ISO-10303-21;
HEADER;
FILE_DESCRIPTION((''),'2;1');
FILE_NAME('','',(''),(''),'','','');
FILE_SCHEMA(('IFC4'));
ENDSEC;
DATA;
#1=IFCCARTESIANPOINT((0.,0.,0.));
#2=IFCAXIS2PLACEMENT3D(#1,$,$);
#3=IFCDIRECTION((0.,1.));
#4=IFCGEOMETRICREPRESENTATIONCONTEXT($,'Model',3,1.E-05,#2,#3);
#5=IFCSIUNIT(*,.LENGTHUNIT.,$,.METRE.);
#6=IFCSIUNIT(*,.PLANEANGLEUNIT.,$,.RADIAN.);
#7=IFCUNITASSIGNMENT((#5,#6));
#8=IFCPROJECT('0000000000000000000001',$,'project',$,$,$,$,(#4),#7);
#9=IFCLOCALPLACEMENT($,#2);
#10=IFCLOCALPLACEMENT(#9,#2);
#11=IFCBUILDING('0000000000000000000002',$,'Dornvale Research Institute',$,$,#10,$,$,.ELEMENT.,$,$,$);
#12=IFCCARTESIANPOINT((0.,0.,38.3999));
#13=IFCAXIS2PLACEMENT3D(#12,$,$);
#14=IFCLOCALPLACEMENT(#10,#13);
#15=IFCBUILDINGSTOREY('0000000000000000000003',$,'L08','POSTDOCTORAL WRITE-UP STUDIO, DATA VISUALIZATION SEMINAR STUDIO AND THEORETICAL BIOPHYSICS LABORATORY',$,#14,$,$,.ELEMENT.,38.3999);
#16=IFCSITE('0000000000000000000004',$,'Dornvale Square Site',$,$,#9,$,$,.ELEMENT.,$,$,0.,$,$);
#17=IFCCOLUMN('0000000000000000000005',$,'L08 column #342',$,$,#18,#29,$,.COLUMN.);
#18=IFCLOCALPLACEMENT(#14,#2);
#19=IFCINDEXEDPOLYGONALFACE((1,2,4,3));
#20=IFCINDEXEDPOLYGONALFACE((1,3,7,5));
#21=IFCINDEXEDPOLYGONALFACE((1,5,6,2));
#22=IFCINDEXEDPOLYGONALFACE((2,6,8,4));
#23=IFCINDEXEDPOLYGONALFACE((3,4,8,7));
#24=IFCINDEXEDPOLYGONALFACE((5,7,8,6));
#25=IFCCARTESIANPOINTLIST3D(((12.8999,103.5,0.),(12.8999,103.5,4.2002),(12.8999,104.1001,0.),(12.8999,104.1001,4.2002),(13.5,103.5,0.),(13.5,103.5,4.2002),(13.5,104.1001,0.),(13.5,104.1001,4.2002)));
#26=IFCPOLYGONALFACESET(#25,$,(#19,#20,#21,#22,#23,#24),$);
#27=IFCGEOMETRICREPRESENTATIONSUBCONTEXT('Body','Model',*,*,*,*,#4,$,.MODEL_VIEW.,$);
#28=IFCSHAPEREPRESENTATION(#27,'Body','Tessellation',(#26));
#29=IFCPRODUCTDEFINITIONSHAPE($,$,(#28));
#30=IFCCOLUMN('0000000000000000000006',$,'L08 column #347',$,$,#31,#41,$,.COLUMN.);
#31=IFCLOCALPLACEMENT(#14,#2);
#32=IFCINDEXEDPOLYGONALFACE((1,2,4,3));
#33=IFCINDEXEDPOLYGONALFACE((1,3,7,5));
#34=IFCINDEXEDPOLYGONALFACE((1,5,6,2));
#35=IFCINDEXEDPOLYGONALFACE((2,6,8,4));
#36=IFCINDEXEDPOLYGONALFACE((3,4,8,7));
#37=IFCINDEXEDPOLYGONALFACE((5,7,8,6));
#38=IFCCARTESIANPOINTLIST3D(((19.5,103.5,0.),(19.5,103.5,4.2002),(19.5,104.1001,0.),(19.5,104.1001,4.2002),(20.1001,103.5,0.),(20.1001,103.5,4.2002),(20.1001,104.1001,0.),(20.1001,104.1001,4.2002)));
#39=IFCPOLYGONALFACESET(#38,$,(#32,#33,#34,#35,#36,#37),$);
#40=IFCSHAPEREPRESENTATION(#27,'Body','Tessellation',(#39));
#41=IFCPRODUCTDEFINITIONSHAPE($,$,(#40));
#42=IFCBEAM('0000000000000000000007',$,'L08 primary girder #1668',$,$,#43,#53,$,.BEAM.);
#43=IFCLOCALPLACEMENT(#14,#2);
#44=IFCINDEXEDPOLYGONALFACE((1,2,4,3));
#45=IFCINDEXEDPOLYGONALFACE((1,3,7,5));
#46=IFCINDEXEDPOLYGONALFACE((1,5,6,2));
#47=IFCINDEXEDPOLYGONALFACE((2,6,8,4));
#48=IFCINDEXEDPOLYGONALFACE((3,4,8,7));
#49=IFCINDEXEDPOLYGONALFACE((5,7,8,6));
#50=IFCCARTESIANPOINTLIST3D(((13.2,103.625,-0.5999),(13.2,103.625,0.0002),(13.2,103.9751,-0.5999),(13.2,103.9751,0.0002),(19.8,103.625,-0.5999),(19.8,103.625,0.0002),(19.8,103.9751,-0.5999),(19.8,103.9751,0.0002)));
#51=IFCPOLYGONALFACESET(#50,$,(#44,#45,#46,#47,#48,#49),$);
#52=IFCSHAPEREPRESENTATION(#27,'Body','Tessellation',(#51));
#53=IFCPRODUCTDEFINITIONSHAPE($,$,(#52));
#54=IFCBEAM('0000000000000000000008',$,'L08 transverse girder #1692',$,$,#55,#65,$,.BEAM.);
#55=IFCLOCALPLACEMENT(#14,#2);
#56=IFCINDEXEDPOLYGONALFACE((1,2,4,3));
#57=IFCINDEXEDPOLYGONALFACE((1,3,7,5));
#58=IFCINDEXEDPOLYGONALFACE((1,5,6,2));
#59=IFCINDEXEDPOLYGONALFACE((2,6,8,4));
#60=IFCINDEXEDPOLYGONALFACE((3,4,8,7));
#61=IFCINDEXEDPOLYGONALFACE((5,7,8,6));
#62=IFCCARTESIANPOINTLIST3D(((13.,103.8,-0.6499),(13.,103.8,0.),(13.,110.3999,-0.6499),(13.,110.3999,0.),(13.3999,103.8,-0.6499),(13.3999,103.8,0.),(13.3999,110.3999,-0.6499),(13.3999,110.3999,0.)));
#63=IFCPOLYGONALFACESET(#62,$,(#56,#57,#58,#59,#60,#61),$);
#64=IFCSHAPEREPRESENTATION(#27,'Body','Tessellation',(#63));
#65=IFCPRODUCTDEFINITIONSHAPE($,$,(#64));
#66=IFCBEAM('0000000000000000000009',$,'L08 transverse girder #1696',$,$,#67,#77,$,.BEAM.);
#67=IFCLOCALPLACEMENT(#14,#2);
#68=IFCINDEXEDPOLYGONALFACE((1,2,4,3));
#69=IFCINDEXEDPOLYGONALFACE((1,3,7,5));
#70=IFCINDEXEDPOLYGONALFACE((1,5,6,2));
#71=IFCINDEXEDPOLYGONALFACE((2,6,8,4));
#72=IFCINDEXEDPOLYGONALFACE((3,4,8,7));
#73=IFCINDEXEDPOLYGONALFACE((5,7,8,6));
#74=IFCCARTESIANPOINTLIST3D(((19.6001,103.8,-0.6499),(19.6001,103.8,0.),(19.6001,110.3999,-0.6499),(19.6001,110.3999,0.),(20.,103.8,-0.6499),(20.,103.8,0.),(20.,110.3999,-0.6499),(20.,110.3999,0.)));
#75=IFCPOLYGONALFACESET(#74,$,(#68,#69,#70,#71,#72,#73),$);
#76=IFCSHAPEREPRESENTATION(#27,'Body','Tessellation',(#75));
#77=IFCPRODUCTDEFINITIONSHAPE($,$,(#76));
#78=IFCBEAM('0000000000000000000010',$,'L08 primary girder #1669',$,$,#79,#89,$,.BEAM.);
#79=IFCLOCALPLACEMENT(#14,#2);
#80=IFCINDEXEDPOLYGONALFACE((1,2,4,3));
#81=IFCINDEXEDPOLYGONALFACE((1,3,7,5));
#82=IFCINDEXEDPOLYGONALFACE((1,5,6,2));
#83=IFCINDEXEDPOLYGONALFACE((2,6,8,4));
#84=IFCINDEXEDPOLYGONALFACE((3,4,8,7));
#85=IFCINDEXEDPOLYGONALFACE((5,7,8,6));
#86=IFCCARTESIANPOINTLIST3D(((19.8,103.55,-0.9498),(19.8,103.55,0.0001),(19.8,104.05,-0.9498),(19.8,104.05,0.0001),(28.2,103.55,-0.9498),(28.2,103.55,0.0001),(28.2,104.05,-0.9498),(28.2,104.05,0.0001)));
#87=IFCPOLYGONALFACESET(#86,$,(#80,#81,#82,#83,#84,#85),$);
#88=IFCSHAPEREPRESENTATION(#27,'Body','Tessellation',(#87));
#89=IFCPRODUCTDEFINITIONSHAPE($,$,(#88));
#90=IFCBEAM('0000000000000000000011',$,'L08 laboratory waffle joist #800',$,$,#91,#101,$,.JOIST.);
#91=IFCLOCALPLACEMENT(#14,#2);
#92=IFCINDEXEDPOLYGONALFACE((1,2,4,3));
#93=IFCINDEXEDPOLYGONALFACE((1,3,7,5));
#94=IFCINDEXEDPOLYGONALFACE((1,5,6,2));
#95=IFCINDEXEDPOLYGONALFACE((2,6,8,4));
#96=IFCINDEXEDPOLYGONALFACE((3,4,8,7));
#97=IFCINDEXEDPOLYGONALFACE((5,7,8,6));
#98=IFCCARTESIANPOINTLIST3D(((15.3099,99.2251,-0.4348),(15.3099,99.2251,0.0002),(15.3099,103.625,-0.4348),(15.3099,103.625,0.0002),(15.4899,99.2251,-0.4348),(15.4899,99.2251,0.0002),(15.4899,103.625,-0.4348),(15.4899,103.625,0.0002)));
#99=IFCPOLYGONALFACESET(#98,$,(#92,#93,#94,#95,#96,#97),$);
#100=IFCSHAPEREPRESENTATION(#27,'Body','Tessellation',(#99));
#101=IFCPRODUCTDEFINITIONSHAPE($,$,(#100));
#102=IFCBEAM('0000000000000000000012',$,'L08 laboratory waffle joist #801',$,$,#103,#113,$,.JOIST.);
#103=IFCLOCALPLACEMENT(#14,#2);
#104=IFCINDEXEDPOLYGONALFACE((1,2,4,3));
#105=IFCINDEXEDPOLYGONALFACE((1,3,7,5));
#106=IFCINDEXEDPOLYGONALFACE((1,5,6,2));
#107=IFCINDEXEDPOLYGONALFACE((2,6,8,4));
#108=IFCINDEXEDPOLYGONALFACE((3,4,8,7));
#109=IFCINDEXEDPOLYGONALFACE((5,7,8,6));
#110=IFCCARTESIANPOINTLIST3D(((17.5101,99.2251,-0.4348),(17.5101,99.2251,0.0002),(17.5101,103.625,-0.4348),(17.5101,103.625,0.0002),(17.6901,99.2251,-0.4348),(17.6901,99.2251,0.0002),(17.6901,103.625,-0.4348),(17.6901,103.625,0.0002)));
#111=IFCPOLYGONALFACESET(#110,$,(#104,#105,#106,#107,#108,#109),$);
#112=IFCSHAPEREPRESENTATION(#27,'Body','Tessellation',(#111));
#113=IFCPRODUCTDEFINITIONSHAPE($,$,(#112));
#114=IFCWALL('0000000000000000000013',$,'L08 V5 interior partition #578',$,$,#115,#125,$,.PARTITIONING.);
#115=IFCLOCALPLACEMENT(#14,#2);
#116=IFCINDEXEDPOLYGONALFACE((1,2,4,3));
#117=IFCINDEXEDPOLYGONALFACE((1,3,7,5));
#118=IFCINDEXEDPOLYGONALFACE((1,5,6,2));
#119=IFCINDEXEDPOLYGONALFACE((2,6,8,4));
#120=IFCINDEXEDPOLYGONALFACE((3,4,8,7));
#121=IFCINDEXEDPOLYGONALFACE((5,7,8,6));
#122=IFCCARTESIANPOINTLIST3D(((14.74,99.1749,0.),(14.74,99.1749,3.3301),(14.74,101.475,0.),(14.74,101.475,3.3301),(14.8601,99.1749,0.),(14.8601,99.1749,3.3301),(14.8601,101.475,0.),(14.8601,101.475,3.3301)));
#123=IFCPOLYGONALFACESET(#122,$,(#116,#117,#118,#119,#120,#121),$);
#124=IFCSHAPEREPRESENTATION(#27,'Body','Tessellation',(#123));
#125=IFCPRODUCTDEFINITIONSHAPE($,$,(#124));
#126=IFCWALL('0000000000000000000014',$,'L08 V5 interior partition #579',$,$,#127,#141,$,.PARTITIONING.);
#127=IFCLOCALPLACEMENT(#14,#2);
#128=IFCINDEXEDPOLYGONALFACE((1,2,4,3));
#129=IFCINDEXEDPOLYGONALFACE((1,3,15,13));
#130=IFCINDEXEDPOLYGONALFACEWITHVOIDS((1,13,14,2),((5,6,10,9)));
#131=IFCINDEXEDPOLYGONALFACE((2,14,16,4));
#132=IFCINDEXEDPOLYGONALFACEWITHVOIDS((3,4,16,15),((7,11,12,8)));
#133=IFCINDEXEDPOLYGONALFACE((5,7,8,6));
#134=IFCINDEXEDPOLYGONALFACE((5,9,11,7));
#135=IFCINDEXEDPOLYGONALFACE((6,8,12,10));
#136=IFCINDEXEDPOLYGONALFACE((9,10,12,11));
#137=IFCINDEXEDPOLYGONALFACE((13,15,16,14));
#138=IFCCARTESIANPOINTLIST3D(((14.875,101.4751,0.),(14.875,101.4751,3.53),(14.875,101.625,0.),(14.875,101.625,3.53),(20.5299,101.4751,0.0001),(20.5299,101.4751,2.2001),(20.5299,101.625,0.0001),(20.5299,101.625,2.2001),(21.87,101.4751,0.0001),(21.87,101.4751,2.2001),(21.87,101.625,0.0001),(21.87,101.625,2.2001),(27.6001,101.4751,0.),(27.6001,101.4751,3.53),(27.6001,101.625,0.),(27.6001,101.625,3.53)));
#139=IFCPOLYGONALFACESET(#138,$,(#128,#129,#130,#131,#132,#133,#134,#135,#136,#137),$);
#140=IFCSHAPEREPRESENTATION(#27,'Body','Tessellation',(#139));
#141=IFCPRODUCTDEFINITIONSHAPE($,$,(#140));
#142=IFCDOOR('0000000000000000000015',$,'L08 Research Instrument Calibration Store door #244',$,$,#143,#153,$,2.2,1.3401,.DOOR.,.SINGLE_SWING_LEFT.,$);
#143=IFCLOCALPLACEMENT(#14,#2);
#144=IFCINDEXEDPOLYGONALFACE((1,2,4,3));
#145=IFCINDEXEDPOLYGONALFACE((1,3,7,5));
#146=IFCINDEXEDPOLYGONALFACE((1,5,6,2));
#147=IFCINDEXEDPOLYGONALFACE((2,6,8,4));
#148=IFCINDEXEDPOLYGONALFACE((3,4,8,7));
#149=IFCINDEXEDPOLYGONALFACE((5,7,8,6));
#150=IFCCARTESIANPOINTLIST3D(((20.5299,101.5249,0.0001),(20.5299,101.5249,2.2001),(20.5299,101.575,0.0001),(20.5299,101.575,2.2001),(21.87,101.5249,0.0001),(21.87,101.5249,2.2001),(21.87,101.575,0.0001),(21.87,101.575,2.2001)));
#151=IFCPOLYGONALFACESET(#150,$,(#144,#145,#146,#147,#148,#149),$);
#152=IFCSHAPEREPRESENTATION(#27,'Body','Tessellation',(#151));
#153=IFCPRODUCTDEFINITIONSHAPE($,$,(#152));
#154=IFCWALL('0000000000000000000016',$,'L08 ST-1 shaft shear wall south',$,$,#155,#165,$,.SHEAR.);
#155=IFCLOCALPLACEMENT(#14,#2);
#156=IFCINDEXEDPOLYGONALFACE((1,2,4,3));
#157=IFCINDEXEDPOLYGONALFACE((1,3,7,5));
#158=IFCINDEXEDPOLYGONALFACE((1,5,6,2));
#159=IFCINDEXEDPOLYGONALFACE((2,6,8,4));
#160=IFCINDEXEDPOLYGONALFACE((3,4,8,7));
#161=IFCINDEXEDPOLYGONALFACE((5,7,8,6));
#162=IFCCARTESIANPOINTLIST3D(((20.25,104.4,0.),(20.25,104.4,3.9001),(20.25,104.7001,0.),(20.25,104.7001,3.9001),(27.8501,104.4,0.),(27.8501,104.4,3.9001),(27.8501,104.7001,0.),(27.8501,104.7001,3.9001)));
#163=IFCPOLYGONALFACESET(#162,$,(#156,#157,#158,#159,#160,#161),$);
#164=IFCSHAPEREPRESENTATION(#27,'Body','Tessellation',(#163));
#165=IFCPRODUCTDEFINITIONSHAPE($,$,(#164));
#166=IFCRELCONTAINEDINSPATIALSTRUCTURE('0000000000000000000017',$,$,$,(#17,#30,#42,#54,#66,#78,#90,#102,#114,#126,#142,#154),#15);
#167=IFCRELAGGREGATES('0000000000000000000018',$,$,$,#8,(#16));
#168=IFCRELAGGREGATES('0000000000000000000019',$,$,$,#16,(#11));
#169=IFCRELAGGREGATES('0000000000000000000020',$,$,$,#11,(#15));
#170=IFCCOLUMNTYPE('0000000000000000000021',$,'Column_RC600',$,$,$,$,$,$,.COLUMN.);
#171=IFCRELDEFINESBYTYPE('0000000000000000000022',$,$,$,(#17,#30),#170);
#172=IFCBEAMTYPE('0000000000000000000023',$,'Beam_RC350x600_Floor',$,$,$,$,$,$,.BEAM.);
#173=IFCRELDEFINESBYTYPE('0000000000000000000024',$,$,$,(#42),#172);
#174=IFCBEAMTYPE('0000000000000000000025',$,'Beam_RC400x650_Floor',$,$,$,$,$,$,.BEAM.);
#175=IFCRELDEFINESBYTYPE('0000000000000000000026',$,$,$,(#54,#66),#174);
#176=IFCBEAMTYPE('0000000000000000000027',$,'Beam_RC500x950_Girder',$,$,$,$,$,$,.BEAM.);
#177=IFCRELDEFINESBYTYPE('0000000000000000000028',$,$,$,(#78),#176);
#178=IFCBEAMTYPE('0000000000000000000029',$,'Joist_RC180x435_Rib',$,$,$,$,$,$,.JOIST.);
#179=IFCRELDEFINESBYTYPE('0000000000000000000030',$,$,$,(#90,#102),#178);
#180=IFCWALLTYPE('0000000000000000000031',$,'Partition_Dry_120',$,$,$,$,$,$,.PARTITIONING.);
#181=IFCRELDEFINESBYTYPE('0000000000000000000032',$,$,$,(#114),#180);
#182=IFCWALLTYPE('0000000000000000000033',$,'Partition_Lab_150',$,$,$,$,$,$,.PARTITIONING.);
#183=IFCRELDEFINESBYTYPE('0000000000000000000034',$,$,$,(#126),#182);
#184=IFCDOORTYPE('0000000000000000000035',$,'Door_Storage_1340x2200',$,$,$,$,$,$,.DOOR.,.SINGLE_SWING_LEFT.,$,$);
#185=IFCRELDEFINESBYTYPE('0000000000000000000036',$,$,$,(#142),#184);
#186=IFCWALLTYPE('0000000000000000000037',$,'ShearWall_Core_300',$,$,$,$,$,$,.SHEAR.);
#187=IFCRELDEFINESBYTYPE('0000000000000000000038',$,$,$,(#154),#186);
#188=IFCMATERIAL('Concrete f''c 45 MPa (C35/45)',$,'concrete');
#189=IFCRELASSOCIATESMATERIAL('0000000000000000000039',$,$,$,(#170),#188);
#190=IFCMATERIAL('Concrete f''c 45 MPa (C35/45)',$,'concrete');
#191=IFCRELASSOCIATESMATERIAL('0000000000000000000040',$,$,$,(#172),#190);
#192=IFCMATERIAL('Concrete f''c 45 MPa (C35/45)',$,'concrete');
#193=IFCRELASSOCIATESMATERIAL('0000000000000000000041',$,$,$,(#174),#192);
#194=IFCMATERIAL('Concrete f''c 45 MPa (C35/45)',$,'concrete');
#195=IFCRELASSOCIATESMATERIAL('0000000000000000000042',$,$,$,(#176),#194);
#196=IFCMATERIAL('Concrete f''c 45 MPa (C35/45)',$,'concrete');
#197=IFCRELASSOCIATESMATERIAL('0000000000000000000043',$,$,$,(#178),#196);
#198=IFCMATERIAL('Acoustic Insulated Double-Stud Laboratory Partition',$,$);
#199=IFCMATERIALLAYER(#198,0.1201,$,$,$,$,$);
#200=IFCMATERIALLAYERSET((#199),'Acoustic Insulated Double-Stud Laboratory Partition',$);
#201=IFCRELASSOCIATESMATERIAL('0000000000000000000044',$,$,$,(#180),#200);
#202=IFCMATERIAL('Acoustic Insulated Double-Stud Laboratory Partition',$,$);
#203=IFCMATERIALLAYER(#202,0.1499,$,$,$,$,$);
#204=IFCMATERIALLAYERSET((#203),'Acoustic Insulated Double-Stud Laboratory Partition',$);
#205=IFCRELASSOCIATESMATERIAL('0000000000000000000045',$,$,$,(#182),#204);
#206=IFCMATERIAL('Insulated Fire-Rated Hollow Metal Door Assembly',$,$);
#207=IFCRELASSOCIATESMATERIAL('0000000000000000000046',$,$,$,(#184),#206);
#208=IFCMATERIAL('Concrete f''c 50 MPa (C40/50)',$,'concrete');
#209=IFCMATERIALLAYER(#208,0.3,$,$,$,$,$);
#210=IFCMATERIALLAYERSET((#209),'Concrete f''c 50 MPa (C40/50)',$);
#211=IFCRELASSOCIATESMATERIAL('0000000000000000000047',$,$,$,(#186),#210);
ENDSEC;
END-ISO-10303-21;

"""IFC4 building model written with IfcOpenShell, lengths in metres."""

from ifc_helpers import new_model, si_unit, direction, frame, frame_2d, origin, origin_2d, place, context, subcontext, project, spatial, rectangle, extrude, material, layer, layer_set, material_profile, profile_set, type_object, element, fill, save


model = new_model("IFC4")

# Units and contexts
model_context = context("Model", 3, precision=1e-05, world=origin(), true_north=direction((0.0, 1.0)))
body_context = subcontext(model_context, "Body", "Model", "MODEL_VIEW")
ifc_project = project(units=[si_unit("LENGTHUNIT", "METRE"), si_unit("PLANEANGLEUNIT", "RADIAN")], contexts=[model_context])

# Site, building, storey
site_placement = place(None, origin())
site = spatial("IfcSite", under=ifc_project, at=site_placement, Name="Dornvale Square Site", CompositionType="ELEMENT", RefElevation=0.0)
building_placement = place(site_placement, origin())
building = spatial("IfcBuilding", under=site, at=building_placement, Name="Dornvale Research Institute", CompositionType="ELEMENT")
storey_placement = place(building_placement, frame((0.0, 0.0, 38.3999)))
storey = spatial("IfcBuildingStorey", under=building, at=storey_placement, Name="L08", Description="POSTDOCTORAL WRITE-UP STUDIO, DATA VISUALIZATION SEMINAR STUDIO AND THEORETICAL BIOPHYSICS LABORATORY", CompositionType="ELEMENT", Elevation=38.3999)

# Columns
ifc_material_1 = material(Name="Concrete f'c 45 MPa (C35/45)", Category="concrete")
ifc_material_profile_1 = material_profile(ifc_material_1, rectangle(XDim=0.6001, YDim=0.6001, at=origin_2d()), Name="RC 600x600")
ifc_profile_set_1 = profile_set([ifc_material_profile_1], Name="Concrete f'c 45 MPa (C35/45)")
column_type = type_object("IfcColumnType", Name="Column_RC600", PredefinedType="COLUMN", material=ifc_profile_set_1)
for number, where, z_axis, x_axis, name in (
    (1, (13.2, 103.8, 0.0), (0.0, 0.0, 1.0), (1.0, 0.0, 0.0), "L08 column #342"),
    (2, (19.8, 103.8, 0.0), (0.0, 0.0, 1.0), (1.0, 0.0, 0.0), "L08 column #347"),
):
    element("IfcColumn", number, at=place(storey_placement, frame(where, z_axis=z_axis, x_axis=x_axis)), inside=storey, type_object=column_type, Name=name, PredefinedType="COLUMN", context=body_context, shape_type="SweptSolid", body=[
        extrude(rectangle(XDim=0.6001, YDim=0.6001, at=origin_2d()), origin(), (0.0, 0.0, 1.0), 4.2002),
    ])

# Beams
ifc_material_2 = material(Name="Concrete f'c 45 MPa (C35/45)", Category="concrete")
ifc_material_profile_2 = material_profile(ifc_material_2, rectangle(XDim=0.3501, YDim=0.6001, at=origin_2d()), Name="RC 350x600")
ifc_profile_set_2 = profile_set([ifc_material_profile_2], Name="Concrete f'c 45 MPa (C35/45)")
beam_type_1 = type_object("IfcBeamType", Name="Beam_RC350x600_Floor", PredefinedType="BEAM", material=ifc_profile_set_2)
beam_1_placement = place(storey_placement, frame((13.2, 103.8, -0.2998), z_axis=(1.0, 0.0, 0.0), x_axis=(0.0, 1.0, 0.0)))
element("IfcBeam", 3, at=beam_1_placement, inside=storey, type_object=beam_type_1, Name="L08 primary girder #1668", PredefinedType="BEAM", context=body_context, shape_type="SweptSolid", body=[
    extrude(rectangle(XDim=0.3501, YDim=0.6001, at=origin_2d()), origin(), (0.0, 0.0, 1.0), 6.6001),
])
ifc_material_3 = material(Name="Concrete f'c 45 MPa (C35/45)", Category="concrete")
ifc_material_profile_3 = material_profile(ifc_material_3, rectangle(XDim=0.3999, YDim=0.6499, at=origin_2d()), Name="RC 400x650")
ifc_profile_set_3 = profile_set([ifc_material_profile_3], Name="Concrete f'c 45 MPa (C35/45)")
beam_type_2 = type_object("IfcBeamType", Name="Beam_RC400x650_Floor", PredefinedType="BEAM", material=ifc_profile_set_3)
for number, where, z_axis, x_axis, name in (
    (4, (13.2, 103.8, -0.325), (0.0, 1.0, 0.0), (-1.0, 0.0, 0.0), "L08 transverse girder #1692"),
    (5, (19.8, 103.8, -0.325), (0.0, 1.0, 0.0), (-1.0, 0.0, 0.0), "L08 transverse girder #1696"),
):
    element("IfcBeam", number, at=place(storey_placement, frame(where, z_axis=z_axis, x_axis=x_axis)), inside=storey, type_object=beam_type_2, Name=name, PredefinedType="BEAM", context=body_context, shape_type="SweptSolid", body=[
        extrude(rectangle(XDim=0.3999, YDim=0.6499, at=origin_2d()), origin(), (0.0, 0.0, 1.0), 6.5999),
    ])
ifc_material_4 = material(Name="Concrete f'c 45 MPa (C35/45)", Category="concrete")
ifc_material_profile_4 = material_profile(ifc_material_4, rectangle(XDim=0.5, YDim=0.95, at=origin_2d()), Name="RC 500x950")
ifc_profile_set_4 = profile_set([ifc_material_profile_4], Name="Concrete f'c 45 MPa (C35/45)")
beam_type_3 = type_object("IfcBeamType", Name="Beam_RC500x950_Girder", PredefinedType="BEAM", material=ifc_profile_set_4)
beam_2_placement = place(storey_placement, frame((19.8, 103.8, -0.4749), z_axis=(1.0, 0.0, 0.0), x_axis=(0.0, 1.0, 0.0)))
element("IfcBeam", 6, at=beam_2_placement, inside=storey, type_object=beam_type_3, Name="L08 primary girder #1669", PredefinedType="BEAM", context=body_context, shape_type="SweptSolid", body=[
    extrude(rectangle(XDim=0.5, YDim=0.95, at=origin_2d()), origin(), (0.0, 0.0, 1.0), 8.3999),
])
ifc_material_5 = material(Name="Concrete f'c 45 MPa (C35/45)", Category="concrete")
ifc_material_profile_5 = material_profile(ifc_material_5, rectangle(XDim=0.1799, YDim=0.4351, at=origin_2d()), Name="RC 180x435")
ifc_profile_set_5 = profile_set([ifc_material_profile_5], Name="Concrete f'c 45 MPa (C35/45)")
beam_type_4 = type_object("IfcBeamType", Name="Joist_RC180x435_Rib", PredefinedType="JOIST", material=ifc_profile_set_5)
for number, where, z_axis, x_axis, name in (
    (7, (15.3999, 99.2251, -0.2173), (0.0, 1.0, 0.0), (-1.0, 0.0, 0.0), "L08 laboratory waffle joist #800"),
    (8, (17.6001, 99.2251, -0.2173), (0.0, 1.0, 0.0), (-1.0, 0.0, 0.0), "L08 laboratory waffle joist #801"),
):
    element("IfcBeam", number, at=place(storey_placement, frame(where, z_axis=z_axis, x_axis=x_axis)), inside=storey, type_object=beam_type_4, Name=name, PredefinedType="JOIST", context=body_context, shape_type="SweptSolid", body=[
        extrude(rectangle(XDim=0.1799, YDim=0.4351, at=origin_2d()), origin(), (0.0, 0.0, 1.0), 4.3999),
    ])

# Wall
ifc_material_6 = material(Name="Acoustic Insulated Double-Stud Laboratory Partition")
ifc_layer_1 = layer(ifc_material_6, 0.1201)
ifc_layer_set_1 = layer_set([ifc_layer_1], Name="Acoustic Insulated Double-Stud Laboratory Partition")
wall_type_1 = type_object("IfcWallType", Name="Partition_Dry_120", PredefinedType="PARTITIONING", material=ifc_layer_set_1)
wall_1_placement = place(storey_placement, frame((14.8, 99.175, 0.0), z_axis=(0.0, 0.0, 1.0), x_axis=(0.0, 1.0, 0.0)))
element("IfcWall", 9, at=wall_1_placement, inside=storey, type_object=wall_type_1, Name="L08 V5 interior partition #578", PredefinedType="PARTITIONING", context=body_context, shape_type="SweptSolid", body=[
    extrude(rectangle(XDim=2.3, YDim=0.1201, at=frame_2d((1.1499, 0.0))), origin(), (0.0, 0.0, 1.0), 3.3301),
])

# Wall, opening, door
ifc_material_7 = material(Name="Acoustic Insulated Double-Stud Laboratory Partition")
ifc_layer_2 = layer(ifc_material_7, 0.1499)
ifc_layer_set_2 = layer_set([ifc_layer_2], Name="Acoustic Insulated Double-Stud Laboratory Partition")
wall_type_2 = type_object("IfcWallType", Name="Partition_Lab_150", PredefinedType="PARTITIONING", material=ifc_layer_set_2)
wall_2_placement = place(storey_placement, frame((14.875, 101.55, 0.0), z_axis=(0.0, 0.0, 1.0), x_axis=(1.0, 0.0, 0.0)))
wall_2 = element("IfcWall", 10, at=wall_2_placement, inside=storey, type_object=wall_type_2, Name="L08 V5 interior partition #579", PredefinedType="PARTITIONING", context=body_context, shape_type="SweptSolid", body=[
    extrude(rectangle(XDim=12.7251, YDim=0.1499, at=frame_2d((6.3625, 0.0))), origin(), (0.0, 0.0, 1.0), 3.53),
])
opening_1_placement = place(wall_2_placement, frame((5.655, 0.0, 0.0)))
opening_1 = element("IfcOpeningElement", 11, at=opening_1_placement, cuts=wall_2, PredefinedType="OPENING", context=body_context, shape_type="SweptSolid", body=[
    extrude(rectangle(XDim=1.3401, YDim=2.2, at=frame_2d((0.6699, 1.1001))), frame((0.0, 0.0898, 0.0), z_axis=(0.0, -1.0, 0.0), x_axis=(1.0, 0.0, 0.0)), (0.0, 0.0, 1.0), 0.1799),
])
ifc_material_8 = material(Name="Insulated Fire-Rated Hollow Metal Door Assembly")
door_type_1 = type_object("IfcDoorType", Name="Door_Storage_1340x2200", OperationType="SINGLE_SWING_LEFT", PredefinedType="DOOR", material=ifc_material_8)
door_1_placement = place(opening_1_placement, origin())
door_1 = element("IfcDoor", 12, at=door_1_placement, inside=storey, type_object=door_type_1, Name="L08 Research Instrument Calibration Store door #244", OperationType="SINGLE_SWING_LEFT", OverallHeight=2.2, OverallWidth=1.3401, PredefinedType="DOOR", context=body_context, shape_type="SweptSolid", body=[
    extrude(rectangle(XDim=1.3401, YDim=2.2, at=frame_2d((0.6699, 1.1001))), frame((0.0, 0.0249, 0.0), z_axis=(0.0, -1.0, 0.0), x_axis=(1.0, 0.0, 0.0)), (0.0, 0.0, 1.0), 0.05),
])
fill(opening_1, door_1)

# Wall
ifc_material_9 = material(Name="Concrete f'c 50 MPa (C40/50)", Category="concrete")
ifc_layer_3 = layer(ifc_material_9, 0.3)
ifc_layer_set_3 = layer_set([ifc_layer_3], Name="Concrete f'c 50 MPa (C40/50)")
wall_type_3 = type_object("IfcWallType", Name="ShearWall_Core_300", PredefinedType="SHEAR", material=ifc_layer_set_3)
wall_3_placement = place(storey_placement, frame((20.25, 104.55, 0.0), z_axis=(0.0, 0.0, 1.0), x_axis=(1.0, 0.0, 0.0)))
element("IfcWall", 13, at=wall_3_placement, inside=storey, type_object=wall_type_3, Name="L08 ST-1 shaft shear wall south", PredefinedType="SHEAR", context=body_context, shape_type="SweptSolid", body=[
    extrude(rectangle(XDim=7.6001, YDim=0.3, at=frame_2d((3.8, 0.0))), origin(), (0.0, 0.0, 1.0), 3.9001),
])

save(model, "model.ifc")
